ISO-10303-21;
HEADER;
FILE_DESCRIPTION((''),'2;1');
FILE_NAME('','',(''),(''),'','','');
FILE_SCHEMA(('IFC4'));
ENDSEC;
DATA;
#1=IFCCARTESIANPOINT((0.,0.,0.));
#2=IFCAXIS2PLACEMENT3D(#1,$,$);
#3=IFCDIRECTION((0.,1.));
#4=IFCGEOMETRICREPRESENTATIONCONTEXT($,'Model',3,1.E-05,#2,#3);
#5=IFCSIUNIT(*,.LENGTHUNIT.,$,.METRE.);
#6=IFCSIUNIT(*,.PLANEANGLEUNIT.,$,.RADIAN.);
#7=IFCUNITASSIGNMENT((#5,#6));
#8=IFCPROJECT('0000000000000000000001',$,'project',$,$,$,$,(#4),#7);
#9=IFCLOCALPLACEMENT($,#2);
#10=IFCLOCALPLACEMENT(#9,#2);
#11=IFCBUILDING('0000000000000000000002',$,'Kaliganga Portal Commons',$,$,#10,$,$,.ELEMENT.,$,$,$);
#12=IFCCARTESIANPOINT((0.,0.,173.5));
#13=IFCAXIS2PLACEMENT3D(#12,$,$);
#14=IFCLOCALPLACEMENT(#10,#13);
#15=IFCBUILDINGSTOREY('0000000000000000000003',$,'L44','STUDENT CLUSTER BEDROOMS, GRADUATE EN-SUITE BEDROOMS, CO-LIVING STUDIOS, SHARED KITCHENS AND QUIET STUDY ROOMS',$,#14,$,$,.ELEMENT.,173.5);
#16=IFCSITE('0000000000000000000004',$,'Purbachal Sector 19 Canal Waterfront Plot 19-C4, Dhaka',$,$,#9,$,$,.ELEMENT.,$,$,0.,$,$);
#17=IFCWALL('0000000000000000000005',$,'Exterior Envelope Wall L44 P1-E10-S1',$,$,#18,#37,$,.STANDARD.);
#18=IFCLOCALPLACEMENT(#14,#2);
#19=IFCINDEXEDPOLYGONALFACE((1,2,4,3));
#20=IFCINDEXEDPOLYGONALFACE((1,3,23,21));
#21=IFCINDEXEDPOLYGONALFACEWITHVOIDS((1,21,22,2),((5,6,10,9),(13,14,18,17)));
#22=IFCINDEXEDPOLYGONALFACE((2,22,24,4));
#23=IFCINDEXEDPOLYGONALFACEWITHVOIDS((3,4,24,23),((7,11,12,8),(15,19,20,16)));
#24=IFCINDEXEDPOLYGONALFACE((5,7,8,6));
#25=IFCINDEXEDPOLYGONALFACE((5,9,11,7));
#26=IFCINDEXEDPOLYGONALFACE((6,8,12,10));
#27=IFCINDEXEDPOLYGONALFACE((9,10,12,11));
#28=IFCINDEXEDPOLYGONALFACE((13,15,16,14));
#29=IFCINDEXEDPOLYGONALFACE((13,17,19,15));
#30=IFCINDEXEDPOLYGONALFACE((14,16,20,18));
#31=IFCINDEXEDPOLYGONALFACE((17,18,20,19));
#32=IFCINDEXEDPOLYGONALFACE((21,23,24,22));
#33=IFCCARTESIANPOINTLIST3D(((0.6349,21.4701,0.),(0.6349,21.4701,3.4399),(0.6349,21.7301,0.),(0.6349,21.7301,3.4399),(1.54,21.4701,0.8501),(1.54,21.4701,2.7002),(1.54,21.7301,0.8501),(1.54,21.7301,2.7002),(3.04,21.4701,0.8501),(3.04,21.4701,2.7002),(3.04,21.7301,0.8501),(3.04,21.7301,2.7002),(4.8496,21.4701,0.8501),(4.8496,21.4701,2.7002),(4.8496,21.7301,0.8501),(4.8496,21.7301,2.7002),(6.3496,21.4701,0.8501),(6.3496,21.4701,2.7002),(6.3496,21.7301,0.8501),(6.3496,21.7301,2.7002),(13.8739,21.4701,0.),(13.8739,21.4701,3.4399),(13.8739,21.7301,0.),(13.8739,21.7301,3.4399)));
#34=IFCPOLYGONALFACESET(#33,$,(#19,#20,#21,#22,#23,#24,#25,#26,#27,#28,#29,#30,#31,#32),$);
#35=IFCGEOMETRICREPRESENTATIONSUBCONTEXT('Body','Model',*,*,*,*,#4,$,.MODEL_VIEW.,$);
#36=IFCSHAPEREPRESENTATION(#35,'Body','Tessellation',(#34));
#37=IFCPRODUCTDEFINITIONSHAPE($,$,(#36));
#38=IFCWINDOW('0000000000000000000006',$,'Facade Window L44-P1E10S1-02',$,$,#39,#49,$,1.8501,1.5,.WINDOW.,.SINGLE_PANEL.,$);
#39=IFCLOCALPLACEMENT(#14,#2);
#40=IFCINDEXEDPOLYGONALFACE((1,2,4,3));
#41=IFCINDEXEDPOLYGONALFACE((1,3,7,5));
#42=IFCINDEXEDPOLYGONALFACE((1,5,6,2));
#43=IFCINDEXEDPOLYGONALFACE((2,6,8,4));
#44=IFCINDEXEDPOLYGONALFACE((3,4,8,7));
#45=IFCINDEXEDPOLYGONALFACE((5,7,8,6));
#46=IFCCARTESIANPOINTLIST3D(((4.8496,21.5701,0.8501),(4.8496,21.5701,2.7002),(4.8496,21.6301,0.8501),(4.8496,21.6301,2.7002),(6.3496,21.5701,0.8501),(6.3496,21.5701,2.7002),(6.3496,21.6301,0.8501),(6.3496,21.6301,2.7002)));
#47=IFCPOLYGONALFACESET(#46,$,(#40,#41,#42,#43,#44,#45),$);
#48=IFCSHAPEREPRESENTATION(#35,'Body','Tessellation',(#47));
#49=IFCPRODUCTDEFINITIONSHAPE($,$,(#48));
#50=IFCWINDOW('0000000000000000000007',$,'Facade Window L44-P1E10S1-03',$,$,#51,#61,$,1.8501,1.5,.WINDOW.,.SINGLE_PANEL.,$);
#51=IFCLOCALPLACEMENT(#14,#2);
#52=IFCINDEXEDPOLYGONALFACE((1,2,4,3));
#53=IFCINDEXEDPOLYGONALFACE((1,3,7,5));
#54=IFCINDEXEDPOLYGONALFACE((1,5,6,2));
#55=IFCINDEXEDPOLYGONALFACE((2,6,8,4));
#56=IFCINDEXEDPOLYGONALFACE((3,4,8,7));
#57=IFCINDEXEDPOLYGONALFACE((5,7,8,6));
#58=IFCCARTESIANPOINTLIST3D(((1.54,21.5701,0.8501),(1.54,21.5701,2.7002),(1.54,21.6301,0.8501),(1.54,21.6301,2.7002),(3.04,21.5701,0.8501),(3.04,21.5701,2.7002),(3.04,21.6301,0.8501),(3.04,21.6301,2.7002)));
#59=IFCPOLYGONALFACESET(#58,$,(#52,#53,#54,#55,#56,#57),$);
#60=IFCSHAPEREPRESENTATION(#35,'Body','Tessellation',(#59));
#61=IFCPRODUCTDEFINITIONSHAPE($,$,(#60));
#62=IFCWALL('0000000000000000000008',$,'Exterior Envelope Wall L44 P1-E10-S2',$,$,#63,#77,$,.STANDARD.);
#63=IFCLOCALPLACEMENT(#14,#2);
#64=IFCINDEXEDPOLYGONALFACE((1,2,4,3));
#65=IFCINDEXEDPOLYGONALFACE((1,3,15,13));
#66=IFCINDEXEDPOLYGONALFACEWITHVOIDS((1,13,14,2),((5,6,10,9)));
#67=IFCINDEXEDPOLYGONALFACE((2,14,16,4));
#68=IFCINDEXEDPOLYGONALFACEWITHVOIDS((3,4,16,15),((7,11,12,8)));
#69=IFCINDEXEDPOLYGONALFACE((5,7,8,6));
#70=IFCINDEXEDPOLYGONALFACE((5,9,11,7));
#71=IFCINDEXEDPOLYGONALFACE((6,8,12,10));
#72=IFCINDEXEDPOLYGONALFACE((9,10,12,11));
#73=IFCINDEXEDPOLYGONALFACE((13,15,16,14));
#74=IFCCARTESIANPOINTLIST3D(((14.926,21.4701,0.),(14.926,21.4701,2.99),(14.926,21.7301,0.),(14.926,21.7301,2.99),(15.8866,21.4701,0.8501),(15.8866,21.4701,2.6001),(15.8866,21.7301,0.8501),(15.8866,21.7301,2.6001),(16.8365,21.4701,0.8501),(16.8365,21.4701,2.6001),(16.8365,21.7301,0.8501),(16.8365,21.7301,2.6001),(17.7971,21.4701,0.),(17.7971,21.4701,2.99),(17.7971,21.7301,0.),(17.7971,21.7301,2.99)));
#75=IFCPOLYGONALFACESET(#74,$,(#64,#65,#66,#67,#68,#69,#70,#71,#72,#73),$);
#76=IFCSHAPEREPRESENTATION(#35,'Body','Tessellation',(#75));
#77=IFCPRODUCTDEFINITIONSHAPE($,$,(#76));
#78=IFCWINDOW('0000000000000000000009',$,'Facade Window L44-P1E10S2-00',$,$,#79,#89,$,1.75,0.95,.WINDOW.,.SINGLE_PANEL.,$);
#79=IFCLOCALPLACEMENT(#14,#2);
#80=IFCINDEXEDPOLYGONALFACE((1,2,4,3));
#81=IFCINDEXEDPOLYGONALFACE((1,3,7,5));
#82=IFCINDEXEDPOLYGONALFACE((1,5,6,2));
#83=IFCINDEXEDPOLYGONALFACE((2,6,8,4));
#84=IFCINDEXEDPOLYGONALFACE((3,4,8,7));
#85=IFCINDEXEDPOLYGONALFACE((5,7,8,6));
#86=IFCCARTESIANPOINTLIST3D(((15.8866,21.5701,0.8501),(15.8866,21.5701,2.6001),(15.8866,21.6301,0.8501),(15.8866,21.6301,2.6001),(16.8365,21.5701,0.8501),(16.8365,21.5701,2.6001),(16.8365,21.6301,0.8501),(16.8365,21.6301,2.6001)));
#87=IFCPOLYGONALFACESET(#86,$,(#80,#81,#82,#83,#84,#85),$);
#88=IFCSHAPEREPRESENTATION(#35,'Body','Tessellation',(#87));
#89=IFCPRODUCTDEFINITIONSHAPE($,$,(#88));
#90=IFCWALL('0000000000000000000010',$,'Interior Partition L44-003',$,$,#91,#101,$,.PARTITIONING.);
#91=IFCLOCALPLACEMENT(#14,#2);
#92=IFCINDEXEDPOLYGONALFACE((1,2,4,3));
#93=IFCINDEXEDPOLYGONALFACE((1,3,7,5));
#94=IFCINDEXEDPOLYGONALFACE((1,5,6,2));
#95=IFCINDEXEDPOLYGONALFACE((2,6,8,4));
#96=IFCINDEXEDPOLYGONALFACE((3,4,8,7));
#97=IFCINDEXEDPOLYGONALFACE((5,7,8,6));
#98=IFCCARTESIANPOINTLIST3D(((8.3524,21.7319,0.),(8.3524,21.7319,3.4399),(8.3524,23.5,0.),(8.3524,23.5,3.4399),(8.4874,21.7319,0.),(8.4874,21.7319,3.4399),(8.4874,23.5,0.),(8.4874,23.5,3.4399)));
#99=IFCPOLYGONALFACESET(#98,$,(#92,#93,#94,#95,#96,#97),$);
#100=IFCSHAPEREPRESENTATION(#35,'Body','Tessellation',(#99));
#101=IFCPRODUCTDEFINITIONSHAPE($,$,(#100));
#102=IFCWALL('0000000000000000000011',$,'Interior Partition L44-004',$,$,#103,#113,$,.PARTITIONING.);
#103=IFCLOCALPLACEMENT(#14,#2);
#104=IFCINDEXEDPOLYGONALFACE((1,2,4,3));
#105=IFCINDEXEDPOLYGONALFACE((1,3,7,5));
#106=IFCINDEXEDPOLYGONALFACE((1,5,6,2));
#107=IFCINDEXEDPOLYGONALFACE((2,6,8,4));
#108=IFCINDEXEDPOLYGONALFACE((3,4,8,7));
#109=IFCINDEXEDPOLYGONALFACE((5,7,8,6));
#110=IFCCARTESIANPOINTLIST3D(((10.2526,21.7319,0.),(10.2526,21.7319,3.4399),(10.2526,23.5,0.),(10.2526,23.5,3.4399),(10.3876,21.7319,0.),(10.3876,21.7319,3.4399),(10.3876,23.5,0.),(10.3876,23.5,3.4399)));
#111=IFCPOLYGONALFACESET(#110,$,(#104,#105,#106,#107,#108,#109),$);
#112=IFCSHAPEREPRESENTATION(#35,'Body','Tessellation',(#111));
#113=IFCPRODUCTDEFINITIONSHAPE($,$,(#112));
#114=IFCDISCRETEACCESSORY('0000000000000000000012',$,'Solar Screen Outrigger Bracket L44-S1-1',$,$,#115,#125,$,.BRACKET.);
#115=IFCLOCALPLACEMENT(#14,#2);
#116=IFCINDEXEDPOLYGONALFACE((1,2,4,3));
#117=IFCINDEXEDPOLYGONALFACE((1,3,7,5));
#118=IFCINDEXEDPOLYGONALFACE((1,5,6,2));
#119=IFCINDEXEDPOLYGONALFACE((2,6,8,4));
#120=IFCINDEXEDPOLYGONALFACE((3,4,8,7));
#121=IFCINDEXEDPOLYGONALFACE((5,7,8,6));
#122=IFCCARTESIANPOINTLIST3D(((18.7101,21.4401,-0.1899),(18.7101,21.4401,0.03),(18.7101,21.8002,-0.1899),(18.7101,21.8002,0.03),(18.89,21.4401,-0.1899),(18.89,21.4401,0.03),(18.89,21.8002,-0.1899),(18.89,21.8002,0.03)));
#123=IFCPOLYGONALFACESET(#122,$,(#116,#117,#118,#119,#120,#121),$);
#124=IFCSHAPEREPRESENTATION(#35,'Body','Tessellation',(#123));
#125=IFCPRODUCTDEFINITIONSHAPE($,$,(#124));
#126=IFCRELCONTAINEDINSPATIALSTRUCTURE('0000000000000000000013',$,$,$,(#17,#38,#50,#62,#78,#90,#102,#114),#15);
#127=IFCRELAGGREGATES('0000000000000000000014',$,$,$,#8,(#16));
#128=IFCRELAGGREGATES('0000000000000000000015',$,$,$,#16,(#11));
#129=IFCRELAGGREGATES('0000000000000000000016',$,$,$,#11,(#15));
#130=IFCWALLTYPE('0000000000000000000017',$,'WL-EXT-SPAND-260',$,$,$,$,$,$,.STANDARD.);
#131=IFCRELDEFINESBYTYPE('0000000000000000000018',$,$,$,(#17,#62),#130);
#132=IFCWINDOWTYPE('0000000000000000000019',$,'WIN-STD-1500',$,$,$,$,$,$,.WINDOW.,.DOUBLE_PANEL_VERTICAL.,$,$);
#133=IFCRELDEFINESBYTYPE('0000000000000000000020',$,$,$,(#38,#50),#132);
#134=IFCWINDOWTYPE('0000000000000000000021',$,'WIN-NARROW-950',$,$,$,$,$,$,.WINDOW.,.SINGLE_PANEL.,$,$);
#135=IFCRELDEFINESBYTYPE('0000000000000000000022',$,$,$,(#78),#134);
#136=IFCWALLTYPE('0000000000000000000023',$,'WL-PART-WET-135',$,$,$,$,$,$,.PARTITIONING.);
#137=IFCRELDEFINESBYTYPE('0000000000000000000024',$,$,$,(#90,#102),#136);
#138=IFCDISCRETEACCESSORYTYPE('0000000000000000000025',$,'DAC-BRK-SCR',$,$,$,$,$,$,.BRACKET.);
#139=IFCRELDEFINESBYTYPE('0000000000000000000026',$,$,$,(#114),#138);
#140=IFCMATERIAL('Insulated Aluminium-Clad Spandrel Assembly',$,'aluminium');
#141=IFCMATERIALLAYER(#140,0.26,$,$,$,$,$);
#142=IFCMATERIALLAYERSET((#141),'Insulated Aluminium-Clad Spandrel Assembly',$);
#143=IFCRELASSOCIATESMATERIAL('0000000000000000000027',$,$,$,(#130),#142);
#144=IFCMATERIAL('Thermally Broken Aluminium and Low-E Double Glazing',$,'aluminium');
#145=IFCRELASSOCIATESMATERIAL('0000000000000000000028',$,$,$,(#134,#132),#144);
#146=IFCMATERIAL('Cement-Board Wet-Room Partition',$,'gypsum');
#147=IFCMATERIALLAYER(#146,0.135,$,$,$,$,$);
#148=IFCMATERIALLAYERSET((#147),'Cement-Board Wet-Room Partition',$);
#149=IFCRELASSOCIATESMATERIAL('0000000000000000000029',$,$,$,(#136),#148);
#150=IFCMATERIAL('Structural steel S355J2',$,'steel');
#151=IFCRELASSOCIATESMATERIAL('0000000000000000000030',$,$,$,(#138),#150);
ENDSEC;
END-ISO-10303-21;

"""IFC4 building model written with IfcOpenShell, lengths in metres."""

from ifc_helpers import new_model, si_unit, direction, frame, frame_2d, origin, origin_2d, place, context, subcontext, project, spatial, rectangle, extrude, source, transform, mapped, material, layer, layer_set, type_object, element, fill, save


model = new_model("IFC4")

# Units and contexts
model_context = context("Model", 3, precision=1e-05, world=origin(), true_north=direction((0.0, 1.0)))
body_context = subcontext(model_context, "Body", "Model", "MODEL_VIEW")
ifc_project = project(units=[si_unit("LENGTHUNIT", "METRE"), si_unit("PLANEANGLEUNIT", "RADIAN")], contexts=[model_context])

# Site, building, storey
site_placement = place(None, origin())
site = spatial("IfcSite", under=ifc_project, at=site_placement, Name="Purbachal Sector 19 Canal Waterfront Plot 19-C4, Dhaka", CompositionType="ELEMENT", RefElevation=0.0)
building_placement = place(site_placement, origin())
building = spatial("IfcBuilding", under=site, at=building_placement, Name="Kaliganga Portal Commons", CompositionType="ELEMENT")
storey_placement = place(building_placement, frame((0.0, 0.0, 173.5)))
storey = spatial("IfcBuildingStorey", under=building, at=storey_placement, Name="L44", Description="STUDENT CLUSTER BEDROOMS, GRADUATE EN-SUITE BEDROOMS, CO-LIVING STUDIOS, SHARED KITCHENS AND QUIET STUDY ROOMS", CompositionType="ELEMENT", Elevation=173.5)

# Shared definitions
ifc_material_1 = material(Name="Structural steel S355J2", Category="steel")

# Wall, openings, windows
ifc_material_2 = material(Name="Insulated Aluminium-Clad Spandrel Assembly", Category="aluminium")
ifc_layer_1 = layer(ifc_material_2, 0.26)
ifc_layer_set_1 = layer_set([ifc_layer_1], Name="Insulated Aluminium-Clad Spandrel Assembly")
wall_type_1 = type_object("IfcWallType", Name="WL-EXT-SPAND-260", PredefinedType="STANDARD", material=ifc_layer_set_1)
ifc_material_3 = material(Name="Thermally Broken Aluminium and Low-E Double Glazing", Category="aluminium")
window_type_1 = type_object("IfcWindowType", Name="WIN-NARROW-950", PartitioningType="SINGLE_PANEL", PredefinedType="WINDOW", material=ifc_material_3)
window_type_2 = type_object("IfcWindowType", Name="WIN-STD-1500", PartitioningType="DOUBLE_PANEL_VERTICAL", PredefinedType="WINDOW", material=ifc_material_3)
wall_1_placement = place(storey_placement, frame((13.874, 21.6001, 0.0), z_axis=(0.0, 0.0, 1.0), x_axis=(-1.0, 0.0, 0.0)))
wall_1 = element("IfcWall", 1, at=wall_1_placement, inside=storey, type_object=wall_type_1, Name="Exterior Envelope Wall L44 P1-E10-S1", PredefinedType="STANDARD", context=body_context, shape_type="SweptSolid", body=[
    extrude(rectangle(XDim=13.239, YDim=0.26, at=frame_2d((6.6196, 0.0))), origin(), (0.0, 0.0, 1.0), 3.4399),
])
opening_1_placement = place(wall_1_placement, frame((7.5244, 0.0, 0.8501)))
opening_1 = element("IfcOpeningElement", 2, at=opening_1_placement, cuts=wall_1, PredefinedType="OPENING", context=body_context, shape_type="SweptSolid", body=[
    extrude(rectangle(XDim=1.5, YDim=1.8501, at=frame_2d((0.75, 0.925))), frame((0.0, 0.1401, 0.0), z_axis=(0.0, -1.0, 0.0), x_axis=(1.0, 0.0, 0.0)), (0.0, 0.0, 1.0), 0.28),
])
opening_2_placement = place(wall_1_placement, frame((10.834, 0.0, 0.8501)))
opening_2 = element("IfcOpeningElement", 3, at=opening_2_placement, cuts=wall_1, PredefinedType="OPENING", context=body_context, shape_type="SweptSolid", body=[
    extrude(rectangle(XDim=1.5, YDim=1.8501, at=frame_2d((0.75, 0.925))), frame((0.0, 0.1401, 0.0), z_axis=(0.0, -1.0, 0.0), x_axis=(1.0, 0.0, 0.0)), (0.0, 0.0, 1.0), 0.28),
])
window_1_placement = place(opening_1_placement, origin())
window_1 = element("IfcWindow", 4, at=window_1_placement, inside=storey, type_object=window_type_2, Name="Facade Window L44-P1E10S1-02", OverallHeight=1.8501, OverallWidth=1.5, PartitioningType="SINGLE_PANEL", PredefinedType="WINDOW", context=body_context, shape_type="SweptSolid", body=[
    extrude(rectangle(XDim=1.5, YDim=1.8501, at=frame_2d((0.75, 0.925))), frame((0.0, 0.03, 0.0), z_axis=(0.0, -1.0, 0.0), x_axis=(1.0, 0.0, 0.0)), (0.0, 0.0, 1.0), 0.0601),
])
fill(opening_1, window_1)
window_2_placement = place(opening_2_placement, origin())
window_2 = element("IfcWindow", 5, at=window_2_placement, inside=storey, type_object=window_type_2, Name="Facade Window L44-P1E10S1-03", OverallHeight=1.8501, OverallWidth=1.5, PartitioningType="SINGLE_PANEL", PredefinedType="WINDOW", context=body_context, shape_type="SweptSolid", body=[
    extrude(rectangle(XDim=1.5, YDim=1.8501, at=frame_2d((0.75, 0.925))), frame((0.0, 0.03, 0.0), z_axis=(0.0, -1.0, 0.0), x_axis=(1.0, 0.0, 0.0)), (0.0, 0.0, 1.0), 0.0601),
])
fill(opening_2, window_2)

# Wall, opening, window
wall_2_placement = place(storey_placement, frame((17.7971, 21.6001, 0.0), z_axis=(0.0, 0.0, 1.0), x_axis=(-1.0, 0.0, 0.0)))
wall_2 = element("IfcWall", 6, at=wall_2_placement, inside=storey, type_object=wall_type_1, Name="Exterior Envelope Wall L44 P1-E10-S2", PredefinedType="STANDARD", context=body_context, shape_type="SweptSolid", body=[
    extrude(rectangle(XDim=2.8711, YDim=0.26, at=frame_2d((1.4355, 0.0))), origin(), (0.0, 0.0, 1.0), 2.99),
])
opening_3_placement = place(wall_2_placement, frame((0.9604, 0.0, 0.8501)))
opening_3 = element("IfcOpeningElement", 7, at=opening_3_placement, cuts=wall_2, PredefinedType="OPENING", context=body_context, shape_type="SweptSolid", body=[
    extrude(rectangle(XDim=0.95, YDim=1.75, at=frame_2d((0.4751, 0.875))), frame((0.0, 0.1401, 0.0), z_axis=(0.0, -1.0, 0.0), x_axis=(1.0, 0.0, 0.0)), (0.0, 0.0, 1.0), 0.28),
])
window_3_placement = place(opening_3_placement, origin())
window_3 = element("IfcWindow", 8, at=window_3_placement, inside=storey, type_object=window_type_1, Name="Facade Window L44-P1E10S2-00", OverallHeight=1.75, OverallWidth=0.95, PartitioningType="SINGLE_PANEL", PredefinedType="WINDOW", context=body_context, shape_type="SweptSolid", body=[
    extrude(rectangle(XDim=0.95, YDim=1.75, at=frame_2d((0.4751, 0.875))), frame((0.0, 0.03, 0.0), z_axis=(0.0, -1.0, 0.0), x_axis=(1.0, 0.0, 0.0)), (0.0, 0.0, 1.0), 0.0601),
])
fill(opening_3, window_3)

# Walls
ifc_material_4 = material(Name="Cement-Board Wet-Room Partition", Category="gypsum")
ifc_layer_2 = layer(ifc_material_4, 0.135)
ifc_layer_set_2 = layer_set([ifc_layer_2], Name="Cement-Board Wet-Room Partition")
wall_type_2 = type_object("IfcWallType", Name="WL-PART-WET-135", PredefinedType="PARTITIONING", material=ifc_layer_set_2)
for number, where, z_axis, x_axis, name in (
    (9, (8.4199, 21.7319, 0.0), (0.0, 0.0, 1.0), (0.0, 1.0, 0.0), "Interior Partition L44-003"),
    (10, (10.3201, 21.7319, 0.0), (0.0, 0.0, 1.0), (0.0, 1.0, 0.0), "Interior Partition L44-004"),
):
    element("IfcWall", number, at=place(storey_placement, frame(where, z_axis=z_axis, x_axis=x_axis)), inside=storey, type_object=wall_type_2, Name=name, PredefinedType="PARTITIONING", context=body_context, shape_type="SweptSolid", body=[
        extrude(rectangle(XDim=1.7681, YDim=0.135, at=frame_2d((0.884, 0.0))), origin(), (0.0, 0.0, 1.0), 3.4399),
    ])

# Discrete accessory
discrete_accessory_type = type_object("IfcDiscreteAccessoryType", Name="DAC-BRK-SCR", PredefinedType="BRACKET", material=ifc_material_1)
shared_shape_1 = source(origin(), body_context, "Body", "SweptSolid", [
    extrude(rectangle(XDim=0.1799, YDim=0.3601, at=origin_2d()), origin(), (0.0, 0.0, 1.0), 0.22),
])
discrete_accessory_placement = place(storey_placement, frame((18.8, 21.6201, -0.1899), z_axis=(0.0, 0.0, 1.0), x_axis=(1.0, 0.0, 0.0)))
element("IfcDiscreteAccessory", 11, at=discrete_accessory_placement, inside=storey, type_object=discrete_accessory_type, Name="Solar Screen Outrigger Bracket L44-S1-1", PredefinedType="BRACKET", context=body_context, shape_type="MappedRepresentation", body=[
    mapped(shared_shape_1, transform((0.0, 0.0, 0.0), x_axis=(1.0, 0.0, 0.0), y_axis=(0.0, 1.0, 0.0), z_axis=(0.0, 0.0, 1.0), scale=1.0)),
])

save(model, "model.ifc")
